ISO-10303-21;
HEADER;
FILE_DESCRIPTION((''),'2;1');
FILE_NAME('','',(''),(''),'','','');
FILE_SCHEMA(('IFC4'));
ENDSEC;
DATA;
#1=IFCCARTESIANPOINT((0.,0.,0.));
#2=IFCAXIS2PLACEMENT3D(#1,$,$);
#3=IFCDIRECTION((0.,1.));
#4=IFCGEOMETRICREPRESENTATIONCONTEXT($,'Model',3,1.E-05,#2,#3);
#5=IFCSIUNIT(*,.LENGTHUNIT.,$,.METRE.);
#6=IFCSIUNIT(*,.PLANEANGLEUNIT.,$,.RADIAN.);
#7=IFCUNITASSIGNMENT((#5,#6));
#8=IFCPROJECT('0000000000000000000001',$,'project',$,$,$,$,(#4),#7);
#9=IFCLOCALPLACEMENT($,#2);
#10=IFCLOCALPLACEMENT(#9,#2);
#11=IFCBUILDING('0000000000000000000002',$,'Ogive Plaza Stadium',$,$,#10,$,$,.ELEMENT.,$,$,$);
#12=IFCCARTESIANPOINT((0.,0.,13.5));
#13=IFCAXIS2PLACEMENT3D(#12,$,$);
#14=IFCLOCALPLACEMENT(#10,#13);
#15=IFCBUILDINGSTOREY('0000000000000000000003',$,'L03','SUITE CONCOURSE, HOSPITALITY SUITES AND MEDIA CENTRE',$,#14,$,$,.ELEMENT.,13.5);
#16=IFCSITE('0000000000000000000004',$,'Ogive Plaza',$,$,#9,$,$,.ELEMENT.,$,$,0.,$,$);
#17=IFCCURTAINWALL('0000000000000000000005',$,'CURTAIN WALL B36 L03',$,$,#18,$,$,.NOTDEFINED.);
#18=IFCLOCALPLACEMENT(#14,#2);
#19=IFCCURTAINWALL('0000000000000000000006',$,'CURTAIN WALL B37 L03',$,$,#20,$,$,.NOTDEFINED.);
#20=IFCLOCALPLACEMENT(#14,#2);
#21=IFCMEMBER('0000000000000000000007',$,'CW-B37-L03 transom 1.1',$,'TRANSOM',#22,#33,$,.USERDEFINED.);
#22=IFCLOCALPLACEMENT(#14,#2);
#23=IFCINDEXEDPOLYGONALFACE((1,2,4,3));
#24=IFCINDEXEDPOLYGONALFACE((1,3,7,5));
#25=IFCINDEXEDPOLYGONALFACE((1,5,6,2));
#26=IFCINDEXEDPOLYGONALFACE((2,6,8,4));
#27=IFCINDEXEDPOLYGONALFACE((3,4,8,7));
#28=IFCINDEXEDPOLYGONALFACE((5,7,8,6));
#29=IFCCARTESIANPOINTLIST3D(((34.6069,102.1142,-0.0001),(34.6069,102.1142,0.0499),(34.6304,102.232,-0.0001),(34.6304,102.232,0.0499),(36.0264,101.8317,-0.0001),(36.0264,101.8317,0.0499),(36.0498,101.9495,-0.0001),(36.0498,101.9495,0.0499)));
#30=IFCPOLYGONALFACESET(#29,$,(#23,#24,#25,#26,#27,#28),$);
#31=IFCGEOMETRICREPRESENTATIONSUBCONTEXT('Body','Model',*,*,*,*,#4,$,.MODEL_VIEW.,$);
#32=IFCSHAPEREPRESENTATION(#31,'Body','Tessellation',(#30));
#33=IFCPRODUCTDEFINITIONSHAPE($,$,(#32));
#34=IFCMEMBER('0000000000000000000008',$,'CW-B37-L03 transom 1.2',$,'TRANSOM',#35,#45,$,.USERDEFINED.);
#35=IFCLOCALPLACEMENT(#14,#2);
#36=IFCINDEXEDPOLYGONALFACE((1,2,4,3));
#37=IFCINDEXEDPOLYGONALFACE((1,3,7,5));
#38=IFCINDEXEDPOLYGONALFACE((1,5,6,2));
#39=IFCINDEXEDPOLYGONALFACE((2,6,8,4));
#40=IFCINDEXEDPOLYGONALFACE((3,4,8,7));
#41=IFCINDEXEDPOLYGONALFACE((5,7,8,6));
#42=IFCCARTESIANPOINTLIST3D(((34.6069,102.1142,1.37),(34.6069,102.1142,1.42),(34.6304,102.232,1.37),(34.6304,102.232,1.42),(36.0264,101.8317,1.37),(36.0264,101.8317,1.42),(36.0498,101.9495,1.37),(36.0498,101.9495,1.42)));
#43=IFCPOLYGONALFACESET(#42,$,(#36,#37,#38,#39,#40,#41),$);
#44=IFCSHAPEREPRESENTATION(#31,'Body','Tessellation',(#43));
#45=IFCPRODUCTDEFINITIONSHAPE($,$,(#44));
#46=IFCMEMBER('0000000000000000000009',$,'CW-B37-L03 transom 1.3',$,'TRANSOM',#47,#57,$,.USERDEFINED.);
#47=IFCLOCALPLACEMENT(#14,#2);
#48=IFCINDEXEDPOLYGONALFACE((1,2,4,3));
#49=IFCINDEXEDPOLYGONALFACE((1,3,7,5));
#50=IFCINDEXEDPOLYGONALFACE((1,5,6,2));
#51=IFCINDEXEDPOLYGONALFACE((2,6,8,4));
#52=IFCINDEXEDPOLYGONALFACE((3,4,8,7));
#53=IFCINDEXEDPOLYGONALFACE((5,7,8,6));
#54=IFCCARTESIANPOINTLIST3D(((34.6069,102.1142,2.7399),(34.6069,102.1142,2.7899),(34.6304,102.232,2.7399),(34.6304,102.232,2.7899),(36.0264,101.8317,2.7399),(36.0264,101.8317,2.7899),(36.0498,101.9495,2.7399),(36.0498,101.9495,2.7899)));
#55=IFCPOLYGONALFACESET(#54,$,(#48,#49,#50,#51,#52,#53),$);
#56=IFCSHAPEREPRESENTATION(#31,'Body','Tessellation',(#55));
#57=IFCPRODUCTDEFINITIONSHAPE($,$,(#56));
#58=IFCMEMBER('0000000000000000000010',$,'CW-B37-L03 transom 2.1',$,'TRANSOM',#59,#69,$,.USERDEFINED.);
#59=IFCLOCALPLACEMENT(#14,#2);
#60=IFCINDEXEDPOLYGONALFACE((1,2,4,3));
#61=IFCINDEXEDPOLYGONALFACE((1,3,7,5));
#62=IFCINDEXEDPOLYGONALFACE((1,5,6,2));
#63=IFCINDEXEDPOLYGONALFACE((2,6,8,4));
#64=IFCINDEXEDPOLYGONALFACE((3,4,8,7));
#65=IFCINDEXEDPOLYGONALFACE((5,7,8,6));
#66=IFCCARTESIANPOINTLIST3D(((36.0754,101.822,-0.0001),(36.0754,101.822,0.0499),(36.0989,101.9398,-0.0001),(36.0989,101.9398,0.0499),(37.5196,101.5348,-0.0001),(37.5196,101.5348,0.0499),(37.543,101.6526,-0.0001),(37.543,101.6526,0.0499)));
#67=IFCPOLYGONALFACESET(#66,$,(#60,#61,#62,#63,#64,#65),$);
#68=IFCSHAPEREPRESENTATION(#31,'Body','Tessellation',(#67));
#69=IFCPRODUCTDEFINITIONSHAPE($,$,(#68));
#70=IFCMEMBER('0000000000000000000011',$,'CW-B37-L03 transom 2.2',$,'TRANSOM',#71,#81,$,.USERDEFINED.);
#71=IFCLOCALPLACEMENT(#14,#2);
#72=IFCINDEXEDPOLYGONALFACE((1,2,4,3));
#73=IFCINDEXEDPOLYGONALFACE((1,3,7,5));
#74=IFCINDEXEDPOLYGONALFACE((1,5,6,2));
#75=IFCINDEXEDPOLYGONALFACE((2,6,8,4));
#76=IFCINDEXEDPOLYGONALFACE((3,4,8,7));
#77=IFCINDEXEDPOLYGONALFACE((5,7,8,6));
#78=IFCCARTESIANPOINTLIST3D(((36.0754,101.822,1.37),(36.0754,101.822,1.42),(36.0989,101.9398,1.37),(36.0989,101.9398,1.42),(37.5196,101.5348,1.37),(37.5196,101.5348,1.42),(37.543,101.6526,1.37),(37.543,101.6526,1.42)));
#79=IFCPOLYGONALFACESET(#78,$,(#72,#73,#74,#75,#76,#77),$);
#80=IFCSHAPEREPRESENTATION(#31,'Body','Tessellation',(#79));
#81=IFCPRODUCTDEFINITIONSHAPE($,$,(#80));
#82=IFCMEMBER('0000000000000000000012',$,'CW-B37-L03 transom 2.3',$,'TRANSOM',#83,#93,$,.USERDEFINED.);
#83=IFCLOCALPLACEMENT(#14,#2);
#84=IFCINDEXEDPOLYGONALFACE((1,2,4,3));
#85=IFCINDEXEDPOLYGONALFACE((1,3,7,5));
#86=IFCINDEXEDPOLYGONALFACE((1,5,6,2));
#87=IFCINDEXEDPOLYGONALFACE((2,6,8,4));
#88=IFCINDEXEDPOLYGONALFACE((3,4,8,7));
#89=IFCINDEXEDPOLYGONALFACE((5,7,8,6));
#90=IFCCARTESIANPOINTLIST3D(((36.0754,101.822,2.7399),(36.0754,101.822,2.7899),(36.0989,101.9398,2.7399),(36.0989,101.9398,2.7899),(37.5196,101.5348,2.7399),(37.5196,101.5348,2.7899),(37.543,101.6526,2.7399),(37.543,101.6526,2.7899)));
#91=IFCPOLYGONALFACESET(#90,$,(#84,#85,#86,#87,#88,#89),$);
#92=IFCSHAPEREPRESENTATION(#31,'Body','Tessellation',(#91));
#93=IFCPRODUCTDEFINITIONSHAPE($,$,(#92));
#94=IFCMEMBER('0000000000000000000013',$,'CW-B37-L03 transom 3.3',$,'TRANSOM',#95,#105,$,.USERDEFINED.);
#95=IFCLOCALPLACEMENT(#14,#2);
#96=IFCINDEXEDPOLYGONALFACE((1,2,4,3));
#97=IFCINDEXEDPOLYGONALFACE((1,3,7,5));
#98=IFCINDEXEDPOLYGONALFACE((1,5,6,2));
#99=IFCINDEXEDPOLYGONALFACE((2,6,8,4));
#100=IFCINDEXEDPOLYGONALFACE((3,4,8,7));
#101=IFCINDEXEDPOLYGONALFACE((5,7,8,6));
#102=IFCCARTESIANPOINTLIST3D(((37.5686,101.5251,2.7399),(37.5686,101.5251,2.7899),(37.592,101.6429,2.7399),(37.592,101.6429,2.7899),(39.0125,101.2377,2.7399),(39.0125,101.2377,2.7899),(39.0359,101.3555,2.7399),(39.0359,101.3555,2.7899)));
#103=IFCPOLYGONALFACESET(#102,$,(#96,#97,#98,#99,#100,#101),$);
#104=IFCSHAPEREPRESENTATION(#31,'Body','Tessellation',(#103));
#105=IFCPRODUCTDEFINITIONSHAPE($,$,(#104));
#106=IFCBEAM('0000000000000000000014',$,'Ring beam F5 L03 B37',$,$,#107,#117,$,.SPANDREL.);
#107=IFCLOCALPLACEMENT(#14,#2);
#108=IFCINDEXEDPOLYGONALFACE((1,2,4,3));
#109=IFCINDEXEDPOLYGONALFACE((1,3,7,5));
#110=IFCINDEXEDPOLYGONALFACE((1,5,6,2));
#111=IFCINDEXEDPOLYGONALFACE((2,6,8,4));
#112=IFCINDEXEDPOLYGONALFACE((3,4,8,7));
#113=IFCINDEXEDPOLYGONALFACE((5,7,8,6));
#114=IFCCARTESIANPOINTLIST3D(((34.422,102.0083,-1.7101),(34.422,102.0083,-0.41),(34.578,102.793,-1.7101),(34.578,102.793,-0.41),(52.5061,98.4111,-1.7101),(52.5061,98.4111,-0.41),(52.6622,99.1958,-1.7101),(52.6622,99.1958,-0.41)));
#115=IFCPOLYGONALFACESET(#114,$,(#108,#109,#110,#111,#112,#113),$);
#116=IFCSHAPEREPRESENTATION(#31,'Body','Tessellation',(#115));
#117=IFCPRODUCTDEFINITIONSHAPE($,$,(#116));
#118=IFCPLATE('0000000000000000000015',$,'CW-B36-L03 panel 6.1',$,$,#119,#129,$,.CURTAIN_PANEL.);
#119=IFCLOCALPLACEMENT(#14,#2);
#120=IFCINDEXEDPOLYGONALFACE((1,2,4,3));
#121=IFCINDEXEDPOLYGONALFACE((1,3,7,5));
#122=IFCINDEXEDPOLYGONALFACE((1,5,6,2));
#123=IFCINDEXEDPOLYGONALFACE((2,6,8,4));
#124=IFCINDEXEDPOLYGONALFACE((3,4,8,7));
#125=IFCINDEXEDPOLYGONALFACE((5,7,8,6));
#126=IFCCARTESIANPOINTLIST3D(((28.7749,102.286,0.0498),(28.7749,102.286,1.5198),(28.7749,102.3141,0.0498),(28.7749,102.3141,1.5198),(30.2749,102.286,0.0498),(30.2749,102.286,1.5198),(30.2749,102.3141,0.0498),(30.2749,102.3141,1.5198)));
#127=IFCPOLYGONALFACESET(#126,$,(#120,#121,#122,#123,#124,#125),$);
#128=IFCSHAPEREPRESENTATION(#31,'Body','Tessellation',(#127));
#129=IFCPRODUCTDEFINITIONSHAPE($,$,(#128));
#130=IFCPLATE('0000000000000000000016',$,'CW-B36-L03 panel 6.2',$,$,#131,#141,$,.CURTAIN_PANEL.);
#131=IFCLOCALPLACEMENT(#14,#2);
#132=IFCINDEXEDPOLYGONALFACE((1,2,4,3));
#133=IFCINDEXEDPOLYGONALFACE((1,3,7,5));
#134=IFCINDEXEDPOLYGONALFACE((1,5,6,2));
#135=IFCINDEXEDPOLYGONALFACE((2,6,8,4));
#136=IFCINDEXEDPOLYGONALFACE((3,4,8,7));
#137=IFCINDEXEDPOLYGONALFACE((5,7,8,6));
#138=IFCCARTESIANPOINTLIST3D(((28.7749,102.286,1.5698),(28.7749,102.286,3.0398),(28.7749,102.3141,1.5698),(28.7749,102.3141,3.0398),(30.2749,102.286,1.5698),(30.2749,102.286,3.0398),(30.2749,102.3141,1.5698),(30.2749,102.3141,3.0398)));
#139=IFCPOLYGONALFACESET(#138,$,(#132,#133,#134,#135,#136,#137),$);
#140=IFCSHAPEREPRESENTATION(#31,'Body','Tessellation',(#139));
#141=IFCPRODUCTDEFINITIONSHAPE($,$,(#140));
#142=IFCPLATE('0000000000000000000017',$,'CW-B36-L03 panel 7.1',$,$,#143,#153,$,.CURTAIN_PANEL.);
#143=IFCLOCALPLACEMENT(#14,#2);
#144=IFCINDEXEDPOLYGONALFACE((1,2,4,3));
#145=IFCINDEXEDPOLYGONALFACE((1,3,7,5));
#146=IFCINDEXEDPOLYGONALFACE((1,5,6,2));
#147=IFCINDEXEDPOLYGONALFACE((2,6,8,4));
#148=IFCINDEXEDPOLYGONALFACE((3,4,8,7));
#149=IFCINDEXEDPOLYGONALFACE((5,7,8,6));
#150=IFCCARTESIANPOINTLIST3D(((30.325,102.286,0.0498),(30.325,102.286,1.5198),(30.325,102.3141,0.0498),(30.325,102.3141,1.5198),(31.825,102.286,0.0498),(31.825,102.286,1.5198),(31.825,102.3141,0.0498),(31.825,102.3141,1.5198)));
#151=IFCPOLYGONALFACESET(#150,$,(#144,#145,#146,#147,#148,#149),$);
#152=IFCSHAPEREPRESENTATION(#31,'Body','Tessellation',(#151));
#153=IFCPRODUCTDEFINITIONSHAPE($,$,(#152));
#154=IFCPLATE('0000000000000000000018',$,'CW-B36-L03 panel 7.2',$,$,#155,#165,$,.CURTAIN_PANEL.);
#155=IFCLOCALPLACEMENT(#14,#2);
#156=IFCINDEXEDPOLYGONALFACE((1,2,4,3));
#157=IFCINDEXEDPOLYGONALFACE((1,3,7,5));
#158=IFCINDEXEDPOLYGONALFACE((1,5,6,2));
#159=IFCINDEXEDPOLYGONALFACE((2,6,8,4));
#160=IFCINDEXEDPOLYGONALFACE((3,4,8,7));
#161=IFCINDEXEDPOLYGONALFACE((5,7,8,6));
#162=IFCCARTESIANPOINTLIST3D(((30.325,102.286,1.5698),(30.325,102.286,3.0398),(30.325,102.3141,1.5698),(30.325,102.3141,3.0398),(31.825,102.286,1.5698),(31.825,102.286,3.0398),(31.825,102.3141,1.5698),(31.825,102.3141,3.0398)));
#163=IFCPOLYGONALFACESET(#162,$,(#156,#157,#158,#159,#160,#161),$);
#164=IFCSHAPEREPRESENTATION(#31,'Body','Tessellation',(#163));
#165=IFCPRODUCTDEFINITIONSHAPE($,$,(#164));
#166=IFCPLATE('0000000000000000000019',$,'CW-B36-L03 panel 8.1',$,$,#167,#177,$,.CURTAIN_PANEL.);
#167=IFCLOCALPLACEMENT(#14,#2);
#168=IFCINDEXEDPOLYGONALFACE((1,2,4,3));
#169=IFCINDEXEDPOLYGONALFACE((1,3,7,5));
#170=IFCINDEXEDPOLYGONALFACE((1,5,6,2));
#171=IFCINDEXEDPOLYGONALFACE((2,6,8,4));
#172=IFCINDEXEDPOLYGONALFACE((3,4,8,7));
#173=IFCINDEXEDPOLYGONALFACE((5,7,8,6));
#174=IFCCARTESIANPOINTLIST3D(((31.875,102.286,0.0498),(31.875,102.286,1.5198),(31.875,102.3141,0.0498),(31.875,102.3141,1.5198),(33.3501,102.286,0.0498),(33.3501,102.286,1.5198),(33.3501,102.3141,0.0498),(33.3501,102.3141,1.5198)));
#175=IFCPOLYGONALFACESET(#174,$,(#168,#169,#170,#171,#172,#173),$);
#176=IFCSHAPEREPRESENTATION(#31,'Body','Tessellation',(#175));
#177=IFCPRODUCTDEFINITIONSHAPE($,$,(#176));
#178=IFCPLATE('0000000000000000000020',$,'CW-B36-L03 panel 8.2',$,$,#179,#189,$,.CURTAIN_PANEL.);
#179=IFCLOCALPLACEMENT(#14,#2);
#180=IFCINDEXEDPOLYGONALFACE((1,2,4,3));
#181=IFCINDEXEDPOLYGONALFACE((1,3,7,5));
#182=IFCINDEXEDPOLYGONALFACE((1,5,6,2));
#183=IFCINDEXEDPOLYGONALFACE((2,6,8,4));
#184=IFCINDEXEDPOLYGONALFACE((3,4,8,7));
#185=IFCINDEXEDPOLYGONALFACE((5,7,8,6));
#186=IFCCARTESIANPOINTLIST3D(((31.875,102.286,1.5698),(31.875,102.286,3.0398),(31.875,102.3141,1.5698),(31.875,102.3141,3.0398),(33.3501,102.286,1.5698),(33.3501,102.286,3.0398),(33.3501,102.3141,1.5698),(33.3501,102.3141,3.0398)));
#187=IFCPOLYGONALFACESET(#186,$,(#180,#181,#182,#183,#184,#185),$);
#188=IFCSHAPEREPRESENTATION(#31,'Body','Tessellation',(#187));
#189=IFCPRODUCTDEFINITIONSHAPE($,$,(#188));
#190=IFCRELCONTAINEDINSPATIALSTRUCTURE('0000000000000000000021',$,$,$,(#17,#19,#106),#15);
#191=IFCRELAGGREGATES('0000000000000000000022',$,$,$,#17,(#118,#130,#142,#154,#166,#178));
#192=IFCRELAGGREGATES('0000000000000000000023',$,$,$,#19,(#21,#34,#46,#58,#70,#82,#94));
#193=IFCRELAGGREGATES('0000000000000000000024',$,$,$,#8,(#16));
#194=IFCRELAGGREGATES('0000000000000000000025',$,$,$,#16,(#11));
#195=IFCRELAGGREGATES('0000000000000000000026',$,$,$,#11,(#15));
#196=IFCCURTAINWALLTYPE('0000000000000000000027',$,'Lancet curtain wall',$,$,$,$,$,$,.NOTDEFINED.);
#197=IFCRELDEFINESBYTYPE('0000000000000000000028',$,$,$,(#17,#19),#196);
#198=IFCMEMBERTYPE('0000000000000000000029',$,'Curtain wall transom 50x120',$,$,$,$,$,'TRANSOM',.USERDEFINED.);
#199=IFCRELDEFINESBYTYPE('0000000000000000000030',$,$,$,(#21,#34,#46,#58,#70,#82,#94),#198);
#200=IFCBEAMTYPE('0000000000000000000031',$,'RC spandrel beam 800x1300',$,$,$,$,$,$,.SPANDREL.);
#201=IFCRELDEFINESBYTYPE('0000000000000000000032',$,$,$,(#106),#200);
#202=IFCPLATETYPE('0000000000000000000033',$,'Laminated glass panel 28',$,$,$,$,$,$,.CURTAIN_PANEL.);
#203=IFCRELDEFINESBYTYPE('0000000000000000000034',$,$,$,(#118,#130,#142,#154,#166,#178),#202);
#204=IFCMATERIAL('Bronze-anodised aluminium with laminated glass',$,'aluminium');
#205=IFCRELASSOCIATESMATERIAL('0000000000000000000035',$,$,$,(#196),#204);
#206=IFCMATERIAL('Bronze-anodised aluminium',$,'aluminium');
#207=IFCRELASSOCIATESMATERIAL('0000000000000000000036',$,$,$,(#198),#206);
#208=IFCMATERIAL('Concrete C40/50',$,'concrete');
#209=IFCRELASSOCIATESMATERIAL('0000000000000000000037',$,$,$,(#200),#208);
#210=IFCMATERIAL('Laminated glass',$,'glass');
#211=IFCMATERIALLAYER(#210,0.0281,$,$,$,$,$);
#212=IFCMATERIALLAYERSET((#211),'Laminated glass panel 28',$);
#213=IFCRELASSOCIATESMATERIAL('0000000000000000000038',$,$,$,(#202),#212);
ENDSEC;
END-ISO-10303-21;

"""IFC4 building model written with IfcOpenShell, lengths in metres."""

from ifc_helpers import new_model, si_unit, direction, frame, origin, origin_2d, place, context, subcontext, project, spatial, rectangle, extrude, material, layer, layer_set, material_profile, profile_set, type_object, element, aggregate, save


model = new_model("IFC4")

# Units and contexts
model_context = context("Model", 3, precision=1e-05, world=origin(), true_north=direction((0.0, 1.0)))
body_context = subcontext(model_context, "Body", "Model", "MODEL_VIEW")
ifc_project = project(units=[si_unit("LENGTHUNIT", "METRE"), si_unit("PLANEANGLEUNIT", "RADIAN")], contexts=[model_context])

# Site, building, storey
site_placement = place(None, origin())
site = spatial("IfcSite", under=ifc_project, at=site_placement, Name="Ogive Plaza", CompositionType="ELEMENT", RefElevation=0.0)
building_placement = place(site_placement, origin())
building = spatial("IfcBuilding", under=site, at=building_placement, Name="Ogive Plaza Stadium", CompositionType="ELEMENT")
storey_placement = place(building_placement, frame((0.0, 0.0, 13.5)))
storey = spatial("IfcBuildingStorey", under=building, at=storey_placement, Name="L03", Description="SUITE CONCOURSE, HOSPITALITY SUITES AND MEDIA CENTRE", CompositionType="ELEMENT", Elevation=13.5)

# Curtain walls
ifc_material_1 = material(Name="Bronze-anodised aluminium with laminated glass", Category="aluminium")
curtain_wall_type = type_object("IfcCurtainWallType", Name="Lancet curtain wall", PredefinedType="NOTDEFINED", material=ifc_material_1)
curtain_wall_1_placement = place(storey_placement, origin())
curtain_wall_1 = element("IfcCurtainWall", 1, at=curtain_wall_1_placement, inside=storey, type_object=curtain_wall_type, Name="CURTAIN WALL B36 L03", PredefinedType="NOTDEFINED")
curtain_wall_2_placement = place(storey_placement, origin())
curtain_wall_2 = element("IfcCurtainWall", 2, at=curtain_wall_2_placement, inside=storey, type_object=curtain_wall_type, Name="CURTAIN WALL B37 L03", PredefinedType="NOTDEFINED")

# Members
ifc_material_2 = material(Name="Bronze-anodised aluminium", Category="aluminium")
ifc_material_profile_1 = material_profile(ifc_material_2, rectangle(XDim=0.1201, YDim=0.05, at=origin_2d()), Name="AL 120x50")
ifc_profile_set_1 = profile_set([ifc_material_profile_1], Name="Bronze-anodised aluminium")
member_type_1 = type_object("IfcMemberType", Name="Curtain wall transom 50x120", ElementType="TRANSOM", PredefinedType="USERDEFINED", material=ifc_profile_set_1)
member_1_placement = place(storey_placement, frame((34.6187, 102.1731, 0.0249), z_axis=(0.980768, -0.195175, 0.0), x_axis=(0.195175, 0.980768, 0.0)))
member_1 = element("IfcMember", 3, at=member_1_placement, type_object=member_type_1, Name="CW-B37-L03 transom 1.1", ObjectType="TRANSOM", PredefinedType="USERDEFINED", context=body_context, shape_type="SweptSolid", body=[
    extrude(rectangle(XDim=0.1201, YDim=0.05, at=origin_2d()), origin(), (0.0, 0.0, 1.0), 1.4473),
])
member_2_placement = place(storey_placement, frame((34.6187, 102.1731, 1.395), z_axis=(0.980768, -0.195175, 0.0), x_axis=(0.195175, 0.980768, 0.0)))
member_2 = element("IfcMember", 4, at=member_2_placement, type_object=member_type_1, Name="CW-B37-L03 transom 1.2", ObjectType="TRANSOM", PredefinedType="USERDEFINED", context=body_context, shape_type="SweptSolid", body=[
    extrude(rectangle(XDim=0.1201, YDim=0.05, at=origin_2d()), origin(), (0.0, 0.0, 1.0), 1.4473),
])
member_3_placement = place(storey_placement, frame((34.6187, 102.1731, 2.7649), z_axis=(0.980768, -0.195175, 0.0), x_axis=(0.195175, 0.980768, 0.0)))
member_3 = element("IfcMember", 5, at=member_3_placement, type_object=member_type_1, Name="CW-B37-L03 transom 1.3", ObjectType="TRANSOM", PredefinedType="USERDEFINED", context=body_context, shape_type="SweptSolid", body=[
    extrude(rectangle(XDim=0.1201, YDim=0.05, at=origin_2d()), origin(), (0.0, 0.0, 1.0), 1.4473),
])
member_4_placement = place(storey_placement, frame((36.0872, 101.8809, 0.0249), z_axis=(0.980803, -0.195, 0.0), x_axis=(0.195, 0.980803, 0.0)))
member_4 = element("IfcMember", 6, at=member_4_placement, type_object=member_type_1, Name="CW-B37-L03 transom 2.1", ObjectType="TRANSOM", PredefinedType="USERDEFINED", context=body_context, shape_type="SweptSolid", body=[
    extrude(rectangle(XDim=0.1201, YDim=0.05, at=origin_2d()), origin(), (0.0, 0.0, 1.0), 1.4724),
])
member_5_placement = place(storey_placement, frame((36.0872, 101.8809, 1.395), z_axis=(0.980803, -0.195, 0.0), x_axis=(0.195, 0.980803, 0.0)))
member_5 = element("IfcMember", 7, at=member_5_placement, type_object=member_type_1, Name="CW-B37-L03 transom 2.2", ObjectType="TRANSOM", PredefinedType="USERDEFINED", context=body_context, shape_type="SweptSolid", body=[
    extrude(rectangle(XDim=0.1201, YDim=0.05, at=origin_2d()), origin(), (0.0, 0.0, 1.0), 1.4724),
])
member_6_placement = place(storey_placement, frame((36.0872, 101.8809, 2.7649), z_axis=(0.980803, -0.195, 0.0), x_axis=(0.195, 0.980803, 0.0)))
member_6 = element("IfcMember", 8, at=member_6_placement, type_object=member_type_1, Name="CW-B37-L03 transom 2.3", ObjectType="TRANSOM", PredefinedType="USERDEFINED", context=body_context, shape_type="SweptSolid", body=[
    extrude(rectangle(XDim=0.1201, YDim=0.05, at=origin_2d()), origin(), (0.0, 0.0, 1.0), 1.4724),
])
member_7_placement = place(storey_placement, frame((37.5803, 101.584, 2.7649), z_axis=(0.980765, -0.195191, 0.0), x_axis=(0.195191, 0.980765, 0.0)))
member_7 = element("IfcMember", 9, at=member_7_placement, type_object=member_type_1, Name="CW-B37-L03 transom 3.3", ObjectType="TRANSOM", PredefinedType="USERDEFINED", context=body_context, shape_type="SweptSolid", body=[
    extrude(rectangle(XDim=0.1201, YDim=0.05, at=origin_2d()), origin(), (0.0, 0.0, 1.0), 1.4722),
])

# Beam
ifc_material_3 = material(Name="Concrete C40/50", Category="concrete")
ifc_material_profile_2 = material_profile(ifc_material_3, rectangle(XDim=0.8, YDim=1.3, at=origin_2d()), Name="RC 800x1300")
ifc_profile_set_2 = profile_set([ifc_material_profile_2], Name="Concrete C40/50")
beam_type = type_object("IfcBeamType", Name="RC spandrel beam 800x1300", PredefinedType="SPANDREL", material=ifc_profile_set_2)
beam_placement = place(storey_placement, frame((34.5, 102.4006, -1.0601), z_axis=(0.980785, -0.19509, 0.0), x_axis=(0.19509, 0.980785, 0.0)))
element("IfcBeam", 10, at=beam_placement, inside=storey, type_object=beam_type, Name="Ring beam F5 L03 B37", PredefinedType="SPANDREL", context=body_context, shape_type="SweptSolid", body=[
    extrude(rectangle(XDim=0.8, YDim=1.3, at=origin_2d()), origin(), (0.0, 0.0, 1.0), 18.4385),
])

# Plates
ifc_material_4 = material(Name="Laminated glass", Category="glass")
ifc_layer = layer(ifc_material_4, 0.0281)
ifc_layer_set = layer_set([ifc_layer], Name="Laminated glass panel 28")
plate_type = type_object("IfcPlateType", Name="Laminated glass panel 28", PredefinedType="CURTAIN_PANEL", material=ifc_layer_set)
plate_1_placement = place(storey_placement, frame((29.5249, 102.3, 0.0498), z_axis=(0.0, 0.0, 1.0), x_axis=(1.0, 0.0, 0.0)))
plate_1 = element("IfcPlate", 11, at=plate_1_placement, type_object=plate_type, Name="CW-B36-L03 panel 6.1", PredefinedType="CURTAIN_PANEL", context=body_context, shape_type="SweptSolid", body=[
    extrude(rectangle(XDim=1.5, YDim=0.0281, at=origin_2d()), origin(), (0.0, 0.0, 1.0), 1.47),
])
plate_2_placement = place(storey_placement, frame((29.5249, 102.3, 1.5698), z_axis=(0.0, 0.0, 1.0), x_axis=(1.0, 0.0, 0.0)))
plate_2 = element("IfcPlate", 12, at=plate_2_placement, type_object=plate_type, Name="CW-B36-L03 panel 6.2", PredefinedType="CURTAIN_PANEL", context=body_context, shape_type="SweptSolid", body=[
    extrude(rectangle(XDim=1.5, YDim=0.0281, at=origin_2d()), origin(), (0.0, 0.0, 1.0), 1.47),
])
plate_3_placement = place(storey_placement, frame((31.075, 102.3, 0.0498), z_axis=(0.0, 0.0, 1.0), x_axis=(1.0, 0.0, 0.0)))
plate_3 = element("IfcPlate", 13, at=plate_3_placement, type_object=plate_type, Name="CW-B36-L03 panel 7.1", PredefinedType="CURTAIN_PANEL", context=body_context, shape_type="SweptSolid", body=[
    extrude(rectangle(XDim=1.5, YDim=0.0281, at=origin_2d()), origin(), (0.0, 0.0, 1.0), 1.47),
])
plate_4_placement = place(storey_placement, frame((31.075, 102.3, 1.5698), z_axis=(0.0, 0.0, 1.0), x_axis=(1.0, 0.0, 0.0)))
plate_4 = element("IfcPlate", 14, at=plate_4_placement, type_object=plate_type, Name="CW-B36-L03 panel 7.2", PredefinedType="CURTAIN_PANEL", context=body_context, shape_type="SweptSolid", body=[
    extrude(rectangle(XDim=1.5, YDim=0.0281, at=origin_2d()), origin(), (0.0, 0.0, 1.0), 1.47),
])
plate_5_placement = place(storey_placement, frame((32.6125, 102.3, 0.0498), z_axis=(0.0, 0.0, 1.0), x_axis=(1.0, 0.0, 0.0)))
plate_5 = element("IfcPlate", 15, at=plate_5_placement, type_object=plate_type, Name="CW-B36-L03 panel 8.1", PredefinedType="CURTAIN_PANEL", context=body_context, shape_type="SweptSolid", body=[
    extrude(rectangle(XDim=1.4751, YDim=0.0281, at=origin_2d()), origin(), (0.0, 0.0, 1.0), 1.47),
])
plate_6_placement = place(storey_placement, frame((32.6125, 102.3, 1.5698), z_axis=(0.0, 0.0, 1.0), x_axis=(1.0, 0.0, 0.0)))
plate_6 = element("IfcPlate", 16, at=plate_6_placement, type_object=plate_type, Name="CW-B36-L03 panel 8.2", PredefinedType="CURTAIN_PANEL", context=body_context, shape_type="SweptSolid", body=[
    extrude(rectangle(XDim=1.4751, YDim=0.0281, at=origin_2d()), origin(), (0.0, 0.0, 1.0), 1.47),
])
aggregate(curtain_wall_1, [plate_1, plate_2, plate_3, plate_4, plate_5, plate_6])
aggregate(curtain_wall_2, [member_1, member_2, member_3, member_4, member_5, member_6, member_7])

save(model, "model.ifc")
